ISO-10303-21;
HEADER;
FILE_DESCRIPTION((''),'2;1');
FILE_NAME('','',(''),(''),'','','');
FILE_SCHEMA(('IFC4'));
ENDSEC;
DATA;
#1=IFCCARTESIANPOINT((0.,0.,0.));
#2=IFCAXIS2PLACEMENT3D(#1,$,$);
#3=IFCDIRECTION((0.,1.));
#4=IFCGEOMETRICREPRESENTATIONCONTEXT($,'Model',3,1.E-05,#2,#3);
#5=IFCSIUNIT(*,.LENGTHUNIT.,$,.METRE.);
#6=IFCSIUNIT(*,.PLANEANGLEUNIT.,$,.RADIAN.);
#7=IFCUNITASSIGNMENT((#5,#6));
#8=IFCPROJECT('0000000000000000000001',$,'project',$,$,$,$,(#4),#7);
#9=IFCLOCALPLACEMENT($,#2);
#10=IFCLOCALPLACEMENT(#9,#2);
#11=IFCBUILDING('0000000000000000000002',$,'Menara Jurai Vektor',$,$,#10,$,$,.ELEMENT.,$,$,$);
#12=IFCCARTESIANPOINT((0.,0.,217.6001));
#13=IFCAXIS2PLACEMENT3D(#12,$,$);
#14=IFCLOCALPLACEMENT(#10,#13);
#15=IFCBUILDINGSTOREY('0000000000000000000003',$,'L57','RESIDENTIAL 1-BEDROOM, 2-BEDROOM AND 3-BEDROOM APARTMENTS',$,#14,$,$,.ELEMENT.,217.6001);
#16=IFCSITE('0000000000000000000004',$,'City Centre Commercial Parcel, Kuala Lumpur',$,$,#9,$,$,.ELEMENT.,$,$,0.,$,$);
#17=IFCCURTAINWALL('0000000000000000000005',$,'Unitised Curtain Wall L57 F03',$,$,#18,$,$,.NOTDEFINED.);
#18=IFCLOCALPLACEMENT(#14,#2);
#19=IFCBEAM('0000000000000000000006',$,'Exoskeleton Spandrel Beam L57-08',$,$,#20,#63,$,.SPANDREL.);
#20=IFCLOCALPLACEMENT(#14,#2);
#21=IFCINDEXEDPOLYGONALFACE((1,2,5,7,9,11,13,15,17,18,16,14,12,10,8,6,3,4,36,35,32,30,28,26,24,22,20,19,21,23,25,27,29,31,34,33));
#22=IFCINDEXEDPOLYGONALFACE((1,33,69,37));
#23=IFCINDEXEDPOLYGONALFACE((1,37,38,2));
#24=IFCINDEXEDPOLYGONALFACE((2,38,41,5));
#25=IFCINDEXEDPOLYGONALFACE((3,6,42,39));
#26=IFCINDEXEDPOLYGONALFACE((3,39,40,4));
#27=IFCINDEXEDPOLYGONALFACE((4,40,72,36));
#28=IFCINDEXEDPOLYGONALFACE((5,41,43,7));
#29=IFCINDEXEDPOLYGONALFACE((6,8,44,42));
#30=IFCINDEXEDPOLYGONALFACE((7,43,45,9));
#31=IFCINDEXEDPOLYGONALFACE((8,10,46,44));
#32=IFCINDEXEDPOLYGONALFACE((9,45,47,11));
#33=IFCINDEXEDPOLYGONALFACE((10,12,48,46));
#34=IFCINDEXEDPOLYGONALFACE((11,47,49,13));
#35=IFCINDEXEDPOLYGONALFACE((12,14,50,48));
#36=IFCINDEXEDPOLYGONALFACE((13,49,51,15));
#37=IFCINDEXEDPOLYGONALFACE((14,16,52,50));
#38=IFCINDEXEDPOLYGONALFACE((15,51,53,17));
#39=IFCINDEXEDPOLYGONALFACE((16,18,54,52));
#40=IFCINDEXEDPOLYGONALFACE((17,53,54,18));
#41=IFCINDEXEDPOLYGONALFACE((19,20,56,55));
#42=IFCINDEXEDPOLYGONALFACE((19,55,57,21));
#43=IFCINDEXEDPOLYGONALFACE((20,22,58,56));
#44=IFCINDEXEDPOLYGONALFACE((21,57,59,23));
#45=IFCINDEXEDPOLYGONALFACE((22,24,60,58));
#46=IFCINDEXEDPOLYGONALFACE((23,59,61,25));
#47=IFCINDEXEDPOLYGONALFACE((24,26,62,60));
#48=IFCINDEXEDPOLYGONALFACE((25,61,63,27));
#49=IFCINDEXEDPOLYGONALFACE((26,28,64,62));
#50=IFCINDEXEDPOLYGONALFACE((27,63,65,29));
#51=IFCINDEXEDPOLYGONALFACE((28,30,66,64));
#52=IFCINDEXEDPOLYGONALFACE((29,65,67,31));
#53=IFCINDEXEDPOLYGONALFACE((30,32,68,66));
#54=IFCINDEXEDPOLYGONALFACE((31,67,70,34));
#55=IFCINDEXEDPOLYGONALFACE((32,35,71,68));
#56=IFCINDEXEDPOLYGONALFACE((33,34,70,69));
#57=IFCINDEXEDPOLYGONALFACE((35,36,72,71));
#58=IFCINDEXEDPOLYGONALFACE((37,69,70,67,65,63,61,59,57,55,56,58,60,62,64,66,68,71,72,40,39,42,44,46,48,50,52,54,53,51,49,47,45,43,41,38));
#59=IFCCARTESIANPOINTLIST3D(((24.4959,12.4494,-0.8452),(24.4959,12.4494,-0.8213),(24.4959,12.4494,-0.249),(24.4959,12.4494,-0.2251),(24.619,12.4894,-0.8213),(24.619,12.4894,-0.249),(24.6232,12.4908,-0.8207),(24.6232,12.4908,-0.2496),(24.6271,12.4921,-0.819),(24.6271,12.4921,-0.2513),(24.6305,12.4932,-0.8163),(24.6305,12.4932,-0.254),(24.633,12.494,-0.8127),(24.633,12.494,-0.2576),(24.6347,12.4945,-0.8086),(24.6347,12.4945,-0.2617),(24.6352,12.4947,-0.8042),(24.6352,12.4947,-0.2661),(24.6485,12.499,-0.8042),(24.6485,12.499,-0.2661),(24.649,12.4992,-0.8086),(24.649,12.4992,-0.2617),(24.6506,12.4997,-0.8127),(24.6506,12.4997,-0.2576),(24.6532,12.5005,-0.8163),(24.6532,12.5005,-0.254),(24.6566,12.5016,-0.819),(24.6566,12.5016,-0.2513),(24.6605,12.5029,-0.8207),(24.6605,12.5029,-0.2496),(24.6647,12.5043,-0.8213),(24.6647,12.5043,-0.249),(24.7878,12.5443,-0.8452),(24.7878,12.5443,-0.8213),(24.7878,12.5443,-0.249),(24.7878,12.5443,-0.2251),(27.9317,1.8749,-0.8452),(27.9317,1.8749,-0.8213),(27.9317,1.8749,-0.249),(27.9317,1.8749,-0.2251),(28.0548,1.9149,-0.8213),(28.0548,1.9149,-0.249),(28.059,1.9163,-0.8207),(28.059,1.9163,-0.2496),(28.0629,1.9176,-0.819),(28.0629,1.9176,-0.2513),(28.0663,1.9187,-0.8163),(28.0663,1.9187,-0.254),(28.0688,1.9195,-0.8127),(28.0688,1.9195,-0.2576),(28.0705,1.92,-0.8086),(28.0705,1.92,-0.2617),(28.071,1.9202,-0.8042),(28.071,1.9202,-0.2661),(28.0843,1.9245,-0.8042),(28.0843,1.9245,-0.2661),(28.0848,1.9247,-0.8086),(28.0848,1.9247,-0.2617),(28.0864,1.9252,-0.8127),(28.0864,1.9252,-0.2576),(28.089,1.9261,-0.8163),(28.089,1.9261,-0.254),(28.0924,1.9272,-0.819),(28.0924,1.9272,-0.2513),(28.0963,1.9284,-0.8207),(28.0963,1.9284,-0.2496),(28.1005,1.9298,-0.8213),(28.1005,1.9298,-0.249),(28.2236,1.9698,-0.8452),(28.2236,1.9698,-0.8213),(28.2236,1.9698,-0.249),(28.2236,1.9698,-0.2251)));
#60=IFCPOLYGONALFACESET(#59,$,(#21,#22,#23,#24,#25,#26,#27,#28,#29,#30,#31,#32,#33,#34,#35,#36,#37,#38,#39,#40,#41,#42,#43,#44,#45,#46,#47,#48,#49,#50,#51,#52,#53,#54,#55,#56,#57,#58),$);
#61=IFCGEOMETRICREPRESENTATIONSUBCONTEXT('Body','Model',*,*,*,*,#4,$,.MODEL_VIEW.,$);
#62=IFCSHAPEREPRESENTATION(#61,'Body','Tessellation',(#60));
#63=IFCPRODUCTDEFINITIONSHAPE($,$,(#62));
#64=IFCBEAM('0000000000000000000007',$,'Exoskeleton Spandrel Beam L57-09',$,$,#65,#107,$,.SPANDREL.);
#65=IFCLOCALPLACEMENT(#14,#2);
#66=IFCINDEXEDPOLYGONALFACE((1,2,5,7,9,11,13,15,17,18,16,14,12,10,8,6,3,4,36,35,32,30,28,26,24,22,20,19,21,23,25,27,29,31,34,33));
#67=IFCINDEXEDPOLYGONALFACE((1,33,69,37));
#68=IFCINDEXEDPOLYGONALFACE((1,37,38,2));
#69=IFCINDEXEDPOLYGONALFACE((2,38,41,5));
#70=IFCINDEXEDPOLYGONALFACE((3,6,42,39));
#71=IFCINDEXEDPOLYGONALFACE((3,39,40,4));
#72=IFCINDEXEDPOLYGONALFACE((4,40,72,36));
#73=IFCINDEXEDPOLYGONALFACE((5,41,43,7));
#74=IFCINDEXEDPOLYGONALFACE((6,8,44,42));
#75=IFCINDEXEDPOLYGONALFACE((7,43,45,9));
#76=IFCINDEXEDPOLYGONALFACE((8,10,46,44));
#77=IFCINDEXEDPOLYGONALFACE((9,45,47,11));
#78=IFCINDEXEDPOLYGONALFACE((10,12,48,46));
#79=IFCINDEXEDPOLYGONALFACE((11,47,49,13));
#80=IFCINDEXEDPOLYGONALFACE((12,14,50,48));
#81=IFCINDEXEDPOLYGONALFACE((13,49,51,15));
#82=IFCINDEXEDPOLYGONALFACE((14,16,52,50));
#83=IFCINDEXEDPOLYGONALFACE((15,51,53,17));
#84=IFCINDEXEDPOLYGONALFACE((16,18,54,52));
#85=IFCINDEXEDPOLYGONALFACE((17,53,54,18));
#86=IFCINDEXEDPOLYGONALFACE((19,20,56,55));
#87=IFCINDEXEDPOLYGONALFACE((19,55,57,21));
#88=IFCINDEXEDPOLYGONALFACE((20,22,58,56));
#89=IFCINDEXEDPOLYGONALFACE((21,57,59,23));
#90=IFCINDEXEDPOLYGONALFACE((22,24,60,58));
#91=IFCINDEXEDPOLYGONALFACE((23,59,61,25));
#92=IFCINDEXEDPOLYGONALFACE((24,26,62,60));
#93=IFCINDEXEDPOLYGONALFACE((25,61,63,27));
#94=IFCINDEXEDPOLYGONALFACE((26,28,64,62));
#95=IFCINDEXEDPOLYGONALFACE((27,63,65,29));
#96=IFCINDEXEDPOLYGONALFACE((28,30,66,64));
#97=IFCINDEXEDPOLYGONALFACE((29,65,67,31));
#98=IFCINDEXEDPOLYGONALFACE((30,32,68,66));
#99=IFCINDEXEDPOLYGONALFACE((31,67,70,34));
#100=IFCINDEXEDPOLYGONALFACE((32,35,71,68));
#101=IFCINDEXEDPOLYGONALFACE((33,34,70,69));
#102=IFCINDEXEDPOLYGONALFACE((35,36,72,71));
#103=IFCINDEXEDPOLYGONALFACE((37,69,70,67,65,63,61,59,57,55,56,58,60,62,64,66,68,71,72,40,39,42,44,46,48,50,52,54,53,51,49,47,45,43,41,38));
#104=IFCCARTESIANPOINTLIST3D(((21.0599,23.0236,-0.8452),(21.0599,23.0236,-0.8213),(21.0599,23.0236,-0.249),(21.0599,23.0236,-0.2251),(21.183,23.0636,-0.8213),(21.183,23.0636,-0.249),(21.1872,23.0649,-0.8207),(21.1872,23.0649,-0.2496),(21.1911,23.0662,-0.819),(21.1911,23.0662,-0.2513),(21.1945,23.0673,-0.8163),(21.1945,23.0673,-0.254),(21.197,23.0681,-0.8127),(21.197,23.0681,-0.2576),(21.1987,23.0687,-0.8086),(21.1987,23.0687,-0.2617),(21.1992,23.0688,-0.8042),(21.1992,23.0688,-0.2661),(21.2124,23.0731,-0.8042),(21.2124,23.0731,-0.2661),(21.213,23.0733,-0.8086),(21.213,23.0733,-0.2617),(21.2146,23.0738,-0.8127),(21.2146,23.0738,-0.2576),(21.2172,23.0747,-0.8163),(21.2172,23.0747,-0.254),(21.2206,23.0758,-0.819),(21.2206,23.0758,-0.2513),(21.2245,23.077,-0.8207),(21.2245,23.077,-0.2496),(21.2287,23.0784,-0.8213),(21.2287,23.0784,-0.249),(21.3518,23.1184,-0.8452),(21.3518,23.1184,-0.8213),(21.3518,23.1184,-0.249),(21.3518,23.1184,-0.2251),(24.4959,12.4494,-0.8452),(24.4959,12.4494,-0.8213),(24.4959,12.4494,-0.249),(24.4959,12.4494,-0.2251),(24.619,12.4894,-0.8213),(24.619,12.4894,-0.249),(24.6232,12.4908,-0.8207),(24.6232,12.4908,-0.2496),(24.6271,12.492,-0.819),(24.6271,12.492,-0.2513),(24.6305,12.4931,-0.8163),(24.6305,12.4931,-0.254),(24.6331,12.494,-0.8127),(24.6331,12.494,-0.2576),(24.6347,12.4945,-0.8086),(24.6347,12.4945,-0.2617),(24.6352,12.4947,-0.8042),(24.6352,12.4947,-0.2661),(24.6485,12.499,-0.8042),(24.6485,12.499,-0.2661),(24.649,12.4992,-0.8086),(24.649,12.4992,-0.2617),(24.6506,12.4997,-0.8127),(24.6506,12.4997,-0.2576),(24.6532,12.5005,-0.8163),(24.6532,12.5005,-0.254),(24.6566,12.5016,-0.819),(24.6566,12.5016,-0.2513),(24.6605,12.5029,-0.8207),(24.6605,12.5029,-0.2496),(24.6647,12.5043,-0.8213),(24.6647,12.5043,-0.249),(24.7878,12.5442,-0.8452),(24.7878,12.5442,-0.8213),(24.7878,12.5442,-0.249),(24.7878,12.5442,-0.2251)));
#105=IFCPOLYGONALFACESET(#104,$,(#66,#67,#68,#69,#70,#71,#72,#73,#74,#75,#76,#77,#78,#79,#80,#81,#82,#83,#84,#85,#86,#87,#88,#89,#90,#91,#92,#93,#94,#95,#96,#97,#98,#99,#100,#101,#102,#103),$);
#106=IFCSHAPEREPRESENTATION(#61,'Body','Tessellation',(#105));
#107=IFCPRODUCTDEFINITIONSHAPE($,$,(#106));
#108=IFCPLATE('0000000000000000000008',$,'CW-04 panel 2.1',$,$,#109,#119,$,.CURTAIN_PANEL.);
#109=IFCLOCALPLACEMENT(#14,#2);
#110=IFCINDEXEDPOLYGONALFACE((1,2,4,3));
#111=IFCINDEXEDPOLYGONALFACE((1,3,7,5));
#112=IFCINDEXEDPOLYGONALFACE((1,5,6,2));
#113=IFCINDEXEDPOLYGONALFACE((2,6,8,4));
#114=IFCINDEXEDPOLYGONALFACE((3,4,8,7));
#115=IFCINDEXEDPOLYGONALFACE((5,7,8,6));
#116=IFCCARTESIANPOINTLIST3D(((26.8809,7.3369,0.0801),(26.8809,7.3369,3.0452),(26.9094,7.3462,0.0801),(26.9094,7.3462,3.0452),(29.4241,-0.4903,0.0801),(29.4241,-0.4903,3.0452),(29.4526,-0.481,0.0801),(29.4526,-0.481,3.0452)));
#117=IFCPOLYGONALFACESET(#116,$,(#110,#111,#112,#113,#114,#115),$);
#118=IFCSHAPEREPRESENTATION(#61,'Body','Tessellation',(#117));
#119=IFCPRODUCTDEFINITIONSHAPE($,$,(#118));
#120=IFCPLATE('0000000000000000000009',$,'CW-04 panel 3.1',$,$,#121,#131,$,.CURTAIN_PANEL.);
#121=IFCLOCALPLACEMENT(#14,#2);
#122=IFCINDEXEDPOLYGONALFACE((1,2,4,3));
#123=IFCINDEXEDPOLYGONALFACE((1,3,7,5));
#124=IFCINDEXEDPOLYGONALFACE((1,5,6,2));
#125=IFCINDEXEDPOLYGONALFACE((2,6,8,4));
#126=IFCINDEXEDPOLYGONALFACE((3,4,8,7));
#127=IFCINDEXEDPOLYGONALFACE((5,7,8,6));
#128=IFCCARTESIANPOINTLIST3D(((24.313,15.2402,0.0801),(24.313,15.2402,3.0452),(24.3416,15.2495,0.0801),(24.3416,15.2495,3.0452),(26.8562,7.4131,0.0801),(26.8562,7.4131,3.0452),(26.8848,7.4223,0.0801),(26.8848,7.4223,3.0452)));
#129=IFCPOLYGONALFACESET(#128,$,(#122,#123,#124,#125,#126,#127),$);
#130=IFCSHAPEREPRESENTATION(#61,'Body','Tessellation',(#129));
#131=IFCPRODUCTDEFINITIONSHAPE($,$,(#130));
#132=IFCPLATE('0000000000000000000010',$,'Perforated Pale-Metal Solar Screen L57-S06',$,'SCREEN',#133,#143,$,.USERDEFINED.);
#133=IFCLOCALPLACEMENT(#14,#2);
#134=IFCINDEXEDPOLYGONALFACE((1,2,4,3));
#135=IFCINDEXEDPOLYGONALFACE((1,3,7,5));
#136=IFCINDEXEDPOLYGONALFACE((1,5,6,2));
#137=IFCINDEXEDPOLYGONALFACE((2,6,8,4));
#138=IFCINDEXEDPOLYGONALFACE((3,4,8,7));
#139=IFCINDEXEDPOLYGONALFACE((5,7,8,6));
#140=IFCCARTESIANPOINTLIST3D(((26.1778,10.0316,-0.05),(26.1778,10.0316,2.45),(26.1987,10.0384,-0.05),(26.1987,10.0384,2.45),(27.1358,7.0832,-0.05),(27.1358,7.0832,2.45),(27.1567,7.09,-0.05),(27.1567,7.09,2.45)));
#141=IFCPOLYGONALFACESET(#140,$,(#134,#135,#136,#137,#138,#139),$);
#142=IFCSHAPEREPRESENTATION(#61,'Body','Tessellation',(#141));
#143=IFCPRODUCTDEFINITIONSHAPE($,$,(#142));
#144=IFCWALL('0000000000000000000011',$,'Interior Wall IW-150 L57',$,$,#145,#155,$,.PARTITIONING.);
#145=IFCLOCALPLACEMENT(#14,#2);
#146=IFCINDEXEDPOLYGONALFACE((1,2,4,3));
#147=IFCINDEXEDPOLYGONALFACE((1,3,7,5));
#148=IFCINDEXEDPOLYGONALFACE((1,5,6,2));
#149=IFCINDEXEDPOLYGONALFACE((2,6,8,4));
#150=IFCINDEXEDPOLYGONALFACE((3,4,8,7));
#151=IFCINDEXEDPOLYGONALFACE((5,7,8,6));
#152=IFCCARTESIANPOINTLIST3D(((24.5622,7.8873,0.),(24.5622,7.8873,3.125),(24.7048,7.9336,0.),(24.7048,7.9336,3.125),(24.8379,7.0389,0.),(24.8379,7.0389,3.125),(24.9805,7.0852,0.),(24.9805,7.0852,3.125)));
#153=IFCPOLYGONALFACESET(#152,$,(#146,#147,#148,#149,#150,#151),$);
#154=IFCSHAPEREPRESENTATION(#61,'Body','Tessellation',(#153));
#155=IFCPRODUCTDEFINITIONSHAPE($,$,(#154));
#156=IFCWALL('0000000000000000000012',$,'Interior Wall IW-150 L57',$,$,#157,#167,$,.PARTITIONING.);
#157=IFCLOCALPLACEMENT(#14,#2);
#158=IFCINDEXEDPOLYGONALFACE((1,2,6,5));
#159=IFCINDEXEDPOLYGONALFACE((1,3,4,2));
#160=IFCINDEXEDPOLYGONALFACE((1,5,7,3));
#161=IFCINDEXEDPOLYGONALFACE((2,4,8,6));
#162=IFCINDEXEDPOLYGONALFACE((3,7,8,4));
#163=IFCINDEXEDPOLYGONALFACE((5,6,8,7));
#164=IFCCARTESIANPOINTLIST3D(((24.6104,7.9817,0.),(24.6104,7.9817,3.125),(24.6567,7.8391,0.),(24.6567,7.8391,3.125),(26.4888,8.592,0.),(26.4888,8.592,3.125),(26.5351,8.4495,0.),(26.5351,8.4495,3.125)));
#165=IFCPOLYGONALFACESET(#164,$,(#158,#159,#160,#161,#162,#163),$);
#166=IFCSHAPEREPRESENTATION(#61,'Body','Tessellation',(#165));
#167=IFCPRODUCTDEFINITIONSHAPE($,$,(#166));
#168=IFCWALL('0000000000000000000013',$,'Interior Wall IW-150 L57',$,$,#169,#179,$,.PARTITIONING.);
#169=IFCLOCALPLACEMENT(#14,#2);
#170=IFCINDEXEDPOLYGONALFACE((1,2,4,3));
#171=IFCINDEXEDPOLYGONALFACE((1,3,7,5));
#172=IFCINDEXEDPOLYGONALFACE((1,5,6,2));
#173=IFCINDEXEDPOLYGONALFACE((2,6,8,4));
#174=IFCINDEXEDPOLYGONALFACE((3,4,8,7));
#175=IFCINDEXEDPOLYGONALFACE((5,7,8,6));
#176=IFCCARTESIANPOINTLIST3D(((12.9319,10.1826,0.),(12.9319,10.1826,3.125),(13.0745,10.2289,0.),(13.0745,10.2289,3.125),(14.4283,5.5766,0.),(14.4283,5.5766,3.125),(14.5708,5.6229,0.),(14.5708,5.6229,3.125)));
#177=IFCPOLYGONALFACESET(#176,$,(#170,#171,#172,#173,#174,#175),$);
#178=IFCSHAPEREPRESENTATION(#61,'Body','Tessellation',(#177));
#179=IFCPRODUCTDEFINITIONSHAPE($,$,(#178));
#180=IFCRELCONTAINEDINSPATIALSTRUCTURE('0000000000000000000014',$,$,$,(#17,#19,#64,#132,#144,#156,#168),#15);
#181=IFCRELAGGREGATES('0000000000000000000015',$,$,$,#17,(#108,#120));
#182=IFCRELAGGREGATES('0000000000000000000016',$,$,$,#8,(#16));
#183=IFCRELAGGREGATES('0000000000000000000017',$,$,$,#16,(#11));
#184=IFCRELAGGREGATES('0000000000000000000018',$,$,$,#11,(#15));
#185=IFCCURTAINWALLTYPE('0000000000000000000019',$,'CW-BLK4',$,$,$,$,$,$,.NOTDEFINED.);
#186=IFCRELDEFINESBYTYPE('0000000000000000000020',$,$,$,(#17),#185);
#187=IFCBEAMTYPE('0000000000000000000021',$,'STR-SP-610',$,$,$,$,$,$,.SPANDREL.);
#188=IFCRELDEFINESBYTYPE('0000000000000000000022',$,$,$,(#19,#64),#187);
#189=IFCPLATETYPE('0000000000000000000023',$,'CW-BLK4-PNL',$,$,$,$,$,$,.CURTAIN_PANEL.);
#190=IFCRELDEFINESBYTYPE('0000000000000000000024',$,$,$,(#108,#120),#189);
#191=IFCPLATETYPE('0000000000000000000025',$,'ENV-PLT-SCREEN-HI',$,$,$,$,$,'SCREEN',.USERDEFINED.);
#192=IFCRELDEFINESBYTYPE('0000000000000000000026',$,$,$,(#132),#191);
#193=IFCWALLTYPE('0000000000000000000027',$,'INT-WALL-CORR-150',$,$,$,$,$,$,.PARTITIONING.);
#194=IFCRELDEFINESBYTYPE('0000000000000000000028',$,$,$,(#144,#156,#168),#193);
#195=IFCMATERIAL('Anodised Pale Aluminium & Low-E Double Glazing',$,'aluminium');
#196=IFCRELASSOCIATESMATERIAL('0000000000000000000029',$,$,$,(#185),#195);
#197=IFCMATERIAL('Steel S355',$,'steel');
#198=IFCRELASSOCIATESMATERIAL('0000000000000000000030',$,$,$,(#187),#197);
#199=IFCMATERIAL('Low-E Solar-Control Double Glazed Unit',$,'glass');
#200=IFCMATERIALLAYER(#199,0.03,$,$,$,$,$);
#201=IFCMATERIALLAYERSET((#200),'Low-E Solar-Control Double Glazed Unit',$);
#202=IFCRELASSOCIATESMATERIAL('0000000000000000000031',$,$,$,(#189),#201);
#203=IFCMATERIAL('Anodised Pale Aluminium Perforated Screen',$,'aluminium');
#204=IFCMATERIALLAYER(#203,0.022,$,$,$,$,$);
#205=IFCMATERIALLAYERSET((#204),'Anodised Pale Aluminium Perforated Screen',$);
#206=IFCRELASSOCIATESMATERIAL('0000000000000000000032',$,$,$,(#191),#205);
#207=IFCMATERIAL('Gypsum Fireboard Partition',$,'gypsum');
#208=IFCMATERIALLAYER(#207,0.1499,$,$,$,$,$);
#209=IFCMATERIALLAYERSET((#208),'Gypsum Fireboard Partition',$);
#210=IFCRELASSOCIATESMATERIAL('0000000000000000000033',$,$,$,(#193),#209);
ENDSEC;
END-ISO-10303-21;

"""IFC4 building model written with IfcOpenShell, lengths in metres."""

from ifc_helpers import new_model, si_unit, direction, frame, frame_2d, origin, origin_2d, place, context, subcontext, project, spatial, rectangle, i_section, extrude, material, layer, layer_set, material_profile, profile_set, type_object, element, aggregate, save


model = new_model("IFC4")

# Units and contexts
model_context = context("Model", 3, precision=1e-05, world=origin(), true_north=direction((0.0, 1.0)))
body_context = subcontext(model_context, "Body", "Model", "MODEL_VIEW")
ifc_project = project(units=[si_unit("LENGTHUNIT", "METRE"), si_unit("PLANEANGLEUNIT", "RADIAN")], contexts=[model_context])

# Site, building, storey
site_placement = place(None, origin())
site = spatial("IfcSite", under=ifc_project, at=site_placement, Name="City Centre Commercial Parcel, Kuala Lumpur", CompositionType="ELEMENT", RefElevation=0.0)
building_placement = place(site_placement, origin())
building = spatial("IfcBuilding", under=site, at=building_placement, Name="Menara Jurai Vektor", CompositionType="ELEMENT")
storey_placement = place(building_placement, frame((0.0, 0.0, 217.6001)))
storey = spatial("IfcBuildingStorey", under=building, at=storey_placement, Name="L57", Description="RESIDENTIAL 1-BEDROOM, 2-BEDROOM AND 3-BEDROOM APARTMENTS", CompositionType="ELEMENT", Elevation=217.6001)

# Curtain wall
ifc_material_1 = material(Name="Anodised Pale Aluminium & Low-E Double Glazing", Category="aluminium")
curtain_wall_type = type_object("IfcCurtainWallType", Name="CW-BLK4", PredefinedType="NOTDEFINED", material=ifc_material_1)
curtain_wall_placement = place(storey_placement, origin())
curtain_wall = element("IfcCurtainWall", 1, at=curtain_wall_placement, inside=storey, type_object=curtain_wall_type, Name="Unitised Curtain Wall L57 F03", PredefinedType="NOTDEFINED")

# Beams
ifc_material_2 = material(Name="Steel S355", Category="steel")
ifc_material_profile_1 = material_profile(ifc_material_2, i_section(OverallWidth=0.3069, OverallDepth=0.6201, WebThickness=0.0139, FlangeThickness=0.0239, FilletRadius=0.0171, at=origin_2d()), Name="UKB 610x305x179")
ifc_profile_set_1 = profile_set([ifc_material_profile_1], Name="Steel S355")
beam_type_1 = type_object("IfcBeamType", Name="STR-SP-610", PredefinedType="SPANDREL", material=ifc_profile_set_1)
beam_1_placement = place(storey_placement, frame((28.0776, 1.9224, -0.5352), z_axis=(-0.309012, 0.951058, 0.0), x_axis=(-0.951058, -0.309012, 0.0)))
element("IfcBeam", 2, at=beam_1_placement, inside=storey, type_object=beam_type_1, Name="Exoskeleton Spandrel Beam L57-08", PredefinedType="SPANDREL", context=body_context, shape_type="SweptSolid", body=[
    extrude(i_section(OverallWidth=0.3069, OverallDepth=0.6201, WebThickness=0.0139, FlangeThickness=0.0239, FilletRadius=0.0171, at=origin_2d()), origin(), (0.0, 0.0, 1.0), 11.1187),
])
beam_2_placement = place(storey_placement, frame((24.6418, 12.4968, -0.5352), z_axis=(-0.309038, 0.95105, 0.0), x_axis=(-0.95105, -0.309038, 0.0)))
element("IfcBeam", 3, at=beam_2_placement, inside=storey, type_object=beam_type_1, Name="Exoskeleton Spandrel Beam L57-09", PredefinedType="SPANDREL", context=body_context, shape_type="SweptSolid", body=[
    extrude(i_section(OverallWidth=0.3069, OverallDepth=0.6201, WebThickness=0.0139, FlangeThickness=0.0239, FilletRadius=0.0171, at=origin_2d()), origin(), (0.0, 0.0, 1.0), 11.1184),
])

# Plates
ifc_material_3 = material(Name="Low-E Solar-Control Double Glazed Unit", Category="glass")
ifc_layer_1 = layer(ifc_material_3, 0.03)
ifc_layer_set_1 = layer_set([ifc_layer_1], Name="Low-E Solar-Control Double Glazed Unit")
plate_type_1 = type_object("IfcPlateType", Name="CW-BLK4-PNL", PredefinedType="CURTAIN_PANEL", material=ifc_layer_set_1)
plate_1_placement = place(storey_placement, frame((28.1667, 3.428, 0.0801), z_axis=(0.0, 0.0, 1.0), x_axis=(-0.309016, 0.951057, 0.0)))
plate_1 = element("IfcPlate", 4, at=plate_1_placement, type_object=plate_type_1, Name="CW-04 panel 2.1", PredefinedType="CURTAIN_PANEL", context=body_context, shape_type="SweptSolid", body=[
    extrude(rectangle(XDim=8.23, YDim=0.03, at=origin_2d()), origin(), (0.0, 0.0, 1.0), 2.9651),
])
plate_2_placement = place(storey_placement, frame((25.5989, 11.3313, 0.0801), z_axis=(0.0, 0.0, 1.0), x_axis=(-0.309016, 0.951057, 0.0)))
plate_2 = element("IfcPlate", 5, at=plate_2_placement, type_object=plate_type_1, Name="CW-04 panel 3.1", PredefinedType="CURTAIN_PANEL", context=body_context, shape_type="SweptSolid", body=[
    extrude(rectangle(XDim=8.23, YDim=0.03, at=origin_2d()), origin(), (0.0, 0.0, 1.0), 2.9651),
])
aggregate(curtain_wall, [plate_1, plate_2])
ifc_material_4 = material(Name="Anodised Pale Aluminium Perforated Screen", Category="aluminium")
ifc_layer_2 = layer(ifc_material_4, 0.022)
ifc_layer_set_2 = layer_set([ifc_layer_2], Name="Anodised Pale Aluminium Perforated Screen")
plate_type_2 = type_object("IfcPlateType", Name="ENV-PLT-SCREEN-HI", ElementType="SCREEN", PredefinedType="USERDEFINED", material=ifc_layer_set_2)
plate_3_placement = place(storey_placement, frame((26.6672, 8.5608, -0.05), z_axis=(0.0, 0.0, 1.0), x_axis=(-0.309017, 0.951057, 0.0)))
element("IfcPlate", 6, at=plate_3_placement, inside=storey, type_object=plate_type_2, Name="Perforated Pale-Metal Solar Screen L57-S06", ObjectType="SCREEN", PredefinedType="USERDEFINED", context=body_context, shape_type="SweptSolid", body=[
    extrude(rectangle(XDim=3.1001, YDim=0.022, at=origin_2d()), origin(), (0.0, 0.0, 1.0), 2.5),
])

# Walls
ifc_material_5 = material(Name="Gypsum Fireboard Partition", Category="gypsum")
ifc_layer_3 = layer(ifc_material_5, 0.1499)
ifc_layer_set_3 = layer_set([ifc_layer_3], Name="Gypsum Fireboard Partition")
wall_type_1 = type_object("IfcWallType", Name="INT-WALL-CORR-150", PredefinedType="PARTITIONING", material=ifc_layer_set_3)
wall_1_placement = place(storey_placement, frame((24.9092, 7.062, 0.0), z_axis=(0.0, 0.0, 1.0), x_axis=(-0.308993, 0.951064, 0.0)))
element("IfcWall", 7, at=wall_1_placement, inside=storey, type_object=wall_type_1, Name="Interior Wall IW-150 L57", PredefinedType="PARTITIONING", context=body_context, shape_type="SweptSolid", body=[
    extrude(rectangle(XDim=0.8921, YDim=0.1499, at=frame_2d((0.446, 0.0))), origin(), (0.0, 0.0, 1.0), 3.125),
])
wall_2_placement = place(storey_placement, frame((24.6335, 7.9104, 0.0), z_axis=(0.0, 0.0, 1.0), x_axis=(0.951054, 0.309025, 0.0)))
element("IfcWall", 8, at=wall_2_placement, inside=storey, type_object=wall_type_1, Name="Interior Wall IW-150 L57", PredefinedType="PARTITIONING", context=body_context, shape_type="SweptSolid", body=[
    extrude(rectangle(XDim=1.9751, YDim=0.1499, at=frame_2d((0.9875, 0.0))), origin(), (0.0, 0.0, 1.0), 3.125),
])
wall_3_placement = place(storey_placement, frame((14.4995, 5.5999, 0.0), z_axis=(0.0, 0.0, 1.0), x_axis=(-0.308974, 0.95107, 0.0)))
element("IfcWall", 9, at=wall_3_placement, inside=storey, type_object=wall_type_1, Name="Interior Wall IW-150 L57", PredefinedType="PARTITIONING", context=body_context, shape_type="SweptSolid", body=[
    extrude(rectangle(XDim=4.843, YDim=0.1499, at=frame_2d((2.4214, 0.0))), origin(), (0.0, 0.0, 1.0), 3.125),
])

save(model, "model.ifc")
